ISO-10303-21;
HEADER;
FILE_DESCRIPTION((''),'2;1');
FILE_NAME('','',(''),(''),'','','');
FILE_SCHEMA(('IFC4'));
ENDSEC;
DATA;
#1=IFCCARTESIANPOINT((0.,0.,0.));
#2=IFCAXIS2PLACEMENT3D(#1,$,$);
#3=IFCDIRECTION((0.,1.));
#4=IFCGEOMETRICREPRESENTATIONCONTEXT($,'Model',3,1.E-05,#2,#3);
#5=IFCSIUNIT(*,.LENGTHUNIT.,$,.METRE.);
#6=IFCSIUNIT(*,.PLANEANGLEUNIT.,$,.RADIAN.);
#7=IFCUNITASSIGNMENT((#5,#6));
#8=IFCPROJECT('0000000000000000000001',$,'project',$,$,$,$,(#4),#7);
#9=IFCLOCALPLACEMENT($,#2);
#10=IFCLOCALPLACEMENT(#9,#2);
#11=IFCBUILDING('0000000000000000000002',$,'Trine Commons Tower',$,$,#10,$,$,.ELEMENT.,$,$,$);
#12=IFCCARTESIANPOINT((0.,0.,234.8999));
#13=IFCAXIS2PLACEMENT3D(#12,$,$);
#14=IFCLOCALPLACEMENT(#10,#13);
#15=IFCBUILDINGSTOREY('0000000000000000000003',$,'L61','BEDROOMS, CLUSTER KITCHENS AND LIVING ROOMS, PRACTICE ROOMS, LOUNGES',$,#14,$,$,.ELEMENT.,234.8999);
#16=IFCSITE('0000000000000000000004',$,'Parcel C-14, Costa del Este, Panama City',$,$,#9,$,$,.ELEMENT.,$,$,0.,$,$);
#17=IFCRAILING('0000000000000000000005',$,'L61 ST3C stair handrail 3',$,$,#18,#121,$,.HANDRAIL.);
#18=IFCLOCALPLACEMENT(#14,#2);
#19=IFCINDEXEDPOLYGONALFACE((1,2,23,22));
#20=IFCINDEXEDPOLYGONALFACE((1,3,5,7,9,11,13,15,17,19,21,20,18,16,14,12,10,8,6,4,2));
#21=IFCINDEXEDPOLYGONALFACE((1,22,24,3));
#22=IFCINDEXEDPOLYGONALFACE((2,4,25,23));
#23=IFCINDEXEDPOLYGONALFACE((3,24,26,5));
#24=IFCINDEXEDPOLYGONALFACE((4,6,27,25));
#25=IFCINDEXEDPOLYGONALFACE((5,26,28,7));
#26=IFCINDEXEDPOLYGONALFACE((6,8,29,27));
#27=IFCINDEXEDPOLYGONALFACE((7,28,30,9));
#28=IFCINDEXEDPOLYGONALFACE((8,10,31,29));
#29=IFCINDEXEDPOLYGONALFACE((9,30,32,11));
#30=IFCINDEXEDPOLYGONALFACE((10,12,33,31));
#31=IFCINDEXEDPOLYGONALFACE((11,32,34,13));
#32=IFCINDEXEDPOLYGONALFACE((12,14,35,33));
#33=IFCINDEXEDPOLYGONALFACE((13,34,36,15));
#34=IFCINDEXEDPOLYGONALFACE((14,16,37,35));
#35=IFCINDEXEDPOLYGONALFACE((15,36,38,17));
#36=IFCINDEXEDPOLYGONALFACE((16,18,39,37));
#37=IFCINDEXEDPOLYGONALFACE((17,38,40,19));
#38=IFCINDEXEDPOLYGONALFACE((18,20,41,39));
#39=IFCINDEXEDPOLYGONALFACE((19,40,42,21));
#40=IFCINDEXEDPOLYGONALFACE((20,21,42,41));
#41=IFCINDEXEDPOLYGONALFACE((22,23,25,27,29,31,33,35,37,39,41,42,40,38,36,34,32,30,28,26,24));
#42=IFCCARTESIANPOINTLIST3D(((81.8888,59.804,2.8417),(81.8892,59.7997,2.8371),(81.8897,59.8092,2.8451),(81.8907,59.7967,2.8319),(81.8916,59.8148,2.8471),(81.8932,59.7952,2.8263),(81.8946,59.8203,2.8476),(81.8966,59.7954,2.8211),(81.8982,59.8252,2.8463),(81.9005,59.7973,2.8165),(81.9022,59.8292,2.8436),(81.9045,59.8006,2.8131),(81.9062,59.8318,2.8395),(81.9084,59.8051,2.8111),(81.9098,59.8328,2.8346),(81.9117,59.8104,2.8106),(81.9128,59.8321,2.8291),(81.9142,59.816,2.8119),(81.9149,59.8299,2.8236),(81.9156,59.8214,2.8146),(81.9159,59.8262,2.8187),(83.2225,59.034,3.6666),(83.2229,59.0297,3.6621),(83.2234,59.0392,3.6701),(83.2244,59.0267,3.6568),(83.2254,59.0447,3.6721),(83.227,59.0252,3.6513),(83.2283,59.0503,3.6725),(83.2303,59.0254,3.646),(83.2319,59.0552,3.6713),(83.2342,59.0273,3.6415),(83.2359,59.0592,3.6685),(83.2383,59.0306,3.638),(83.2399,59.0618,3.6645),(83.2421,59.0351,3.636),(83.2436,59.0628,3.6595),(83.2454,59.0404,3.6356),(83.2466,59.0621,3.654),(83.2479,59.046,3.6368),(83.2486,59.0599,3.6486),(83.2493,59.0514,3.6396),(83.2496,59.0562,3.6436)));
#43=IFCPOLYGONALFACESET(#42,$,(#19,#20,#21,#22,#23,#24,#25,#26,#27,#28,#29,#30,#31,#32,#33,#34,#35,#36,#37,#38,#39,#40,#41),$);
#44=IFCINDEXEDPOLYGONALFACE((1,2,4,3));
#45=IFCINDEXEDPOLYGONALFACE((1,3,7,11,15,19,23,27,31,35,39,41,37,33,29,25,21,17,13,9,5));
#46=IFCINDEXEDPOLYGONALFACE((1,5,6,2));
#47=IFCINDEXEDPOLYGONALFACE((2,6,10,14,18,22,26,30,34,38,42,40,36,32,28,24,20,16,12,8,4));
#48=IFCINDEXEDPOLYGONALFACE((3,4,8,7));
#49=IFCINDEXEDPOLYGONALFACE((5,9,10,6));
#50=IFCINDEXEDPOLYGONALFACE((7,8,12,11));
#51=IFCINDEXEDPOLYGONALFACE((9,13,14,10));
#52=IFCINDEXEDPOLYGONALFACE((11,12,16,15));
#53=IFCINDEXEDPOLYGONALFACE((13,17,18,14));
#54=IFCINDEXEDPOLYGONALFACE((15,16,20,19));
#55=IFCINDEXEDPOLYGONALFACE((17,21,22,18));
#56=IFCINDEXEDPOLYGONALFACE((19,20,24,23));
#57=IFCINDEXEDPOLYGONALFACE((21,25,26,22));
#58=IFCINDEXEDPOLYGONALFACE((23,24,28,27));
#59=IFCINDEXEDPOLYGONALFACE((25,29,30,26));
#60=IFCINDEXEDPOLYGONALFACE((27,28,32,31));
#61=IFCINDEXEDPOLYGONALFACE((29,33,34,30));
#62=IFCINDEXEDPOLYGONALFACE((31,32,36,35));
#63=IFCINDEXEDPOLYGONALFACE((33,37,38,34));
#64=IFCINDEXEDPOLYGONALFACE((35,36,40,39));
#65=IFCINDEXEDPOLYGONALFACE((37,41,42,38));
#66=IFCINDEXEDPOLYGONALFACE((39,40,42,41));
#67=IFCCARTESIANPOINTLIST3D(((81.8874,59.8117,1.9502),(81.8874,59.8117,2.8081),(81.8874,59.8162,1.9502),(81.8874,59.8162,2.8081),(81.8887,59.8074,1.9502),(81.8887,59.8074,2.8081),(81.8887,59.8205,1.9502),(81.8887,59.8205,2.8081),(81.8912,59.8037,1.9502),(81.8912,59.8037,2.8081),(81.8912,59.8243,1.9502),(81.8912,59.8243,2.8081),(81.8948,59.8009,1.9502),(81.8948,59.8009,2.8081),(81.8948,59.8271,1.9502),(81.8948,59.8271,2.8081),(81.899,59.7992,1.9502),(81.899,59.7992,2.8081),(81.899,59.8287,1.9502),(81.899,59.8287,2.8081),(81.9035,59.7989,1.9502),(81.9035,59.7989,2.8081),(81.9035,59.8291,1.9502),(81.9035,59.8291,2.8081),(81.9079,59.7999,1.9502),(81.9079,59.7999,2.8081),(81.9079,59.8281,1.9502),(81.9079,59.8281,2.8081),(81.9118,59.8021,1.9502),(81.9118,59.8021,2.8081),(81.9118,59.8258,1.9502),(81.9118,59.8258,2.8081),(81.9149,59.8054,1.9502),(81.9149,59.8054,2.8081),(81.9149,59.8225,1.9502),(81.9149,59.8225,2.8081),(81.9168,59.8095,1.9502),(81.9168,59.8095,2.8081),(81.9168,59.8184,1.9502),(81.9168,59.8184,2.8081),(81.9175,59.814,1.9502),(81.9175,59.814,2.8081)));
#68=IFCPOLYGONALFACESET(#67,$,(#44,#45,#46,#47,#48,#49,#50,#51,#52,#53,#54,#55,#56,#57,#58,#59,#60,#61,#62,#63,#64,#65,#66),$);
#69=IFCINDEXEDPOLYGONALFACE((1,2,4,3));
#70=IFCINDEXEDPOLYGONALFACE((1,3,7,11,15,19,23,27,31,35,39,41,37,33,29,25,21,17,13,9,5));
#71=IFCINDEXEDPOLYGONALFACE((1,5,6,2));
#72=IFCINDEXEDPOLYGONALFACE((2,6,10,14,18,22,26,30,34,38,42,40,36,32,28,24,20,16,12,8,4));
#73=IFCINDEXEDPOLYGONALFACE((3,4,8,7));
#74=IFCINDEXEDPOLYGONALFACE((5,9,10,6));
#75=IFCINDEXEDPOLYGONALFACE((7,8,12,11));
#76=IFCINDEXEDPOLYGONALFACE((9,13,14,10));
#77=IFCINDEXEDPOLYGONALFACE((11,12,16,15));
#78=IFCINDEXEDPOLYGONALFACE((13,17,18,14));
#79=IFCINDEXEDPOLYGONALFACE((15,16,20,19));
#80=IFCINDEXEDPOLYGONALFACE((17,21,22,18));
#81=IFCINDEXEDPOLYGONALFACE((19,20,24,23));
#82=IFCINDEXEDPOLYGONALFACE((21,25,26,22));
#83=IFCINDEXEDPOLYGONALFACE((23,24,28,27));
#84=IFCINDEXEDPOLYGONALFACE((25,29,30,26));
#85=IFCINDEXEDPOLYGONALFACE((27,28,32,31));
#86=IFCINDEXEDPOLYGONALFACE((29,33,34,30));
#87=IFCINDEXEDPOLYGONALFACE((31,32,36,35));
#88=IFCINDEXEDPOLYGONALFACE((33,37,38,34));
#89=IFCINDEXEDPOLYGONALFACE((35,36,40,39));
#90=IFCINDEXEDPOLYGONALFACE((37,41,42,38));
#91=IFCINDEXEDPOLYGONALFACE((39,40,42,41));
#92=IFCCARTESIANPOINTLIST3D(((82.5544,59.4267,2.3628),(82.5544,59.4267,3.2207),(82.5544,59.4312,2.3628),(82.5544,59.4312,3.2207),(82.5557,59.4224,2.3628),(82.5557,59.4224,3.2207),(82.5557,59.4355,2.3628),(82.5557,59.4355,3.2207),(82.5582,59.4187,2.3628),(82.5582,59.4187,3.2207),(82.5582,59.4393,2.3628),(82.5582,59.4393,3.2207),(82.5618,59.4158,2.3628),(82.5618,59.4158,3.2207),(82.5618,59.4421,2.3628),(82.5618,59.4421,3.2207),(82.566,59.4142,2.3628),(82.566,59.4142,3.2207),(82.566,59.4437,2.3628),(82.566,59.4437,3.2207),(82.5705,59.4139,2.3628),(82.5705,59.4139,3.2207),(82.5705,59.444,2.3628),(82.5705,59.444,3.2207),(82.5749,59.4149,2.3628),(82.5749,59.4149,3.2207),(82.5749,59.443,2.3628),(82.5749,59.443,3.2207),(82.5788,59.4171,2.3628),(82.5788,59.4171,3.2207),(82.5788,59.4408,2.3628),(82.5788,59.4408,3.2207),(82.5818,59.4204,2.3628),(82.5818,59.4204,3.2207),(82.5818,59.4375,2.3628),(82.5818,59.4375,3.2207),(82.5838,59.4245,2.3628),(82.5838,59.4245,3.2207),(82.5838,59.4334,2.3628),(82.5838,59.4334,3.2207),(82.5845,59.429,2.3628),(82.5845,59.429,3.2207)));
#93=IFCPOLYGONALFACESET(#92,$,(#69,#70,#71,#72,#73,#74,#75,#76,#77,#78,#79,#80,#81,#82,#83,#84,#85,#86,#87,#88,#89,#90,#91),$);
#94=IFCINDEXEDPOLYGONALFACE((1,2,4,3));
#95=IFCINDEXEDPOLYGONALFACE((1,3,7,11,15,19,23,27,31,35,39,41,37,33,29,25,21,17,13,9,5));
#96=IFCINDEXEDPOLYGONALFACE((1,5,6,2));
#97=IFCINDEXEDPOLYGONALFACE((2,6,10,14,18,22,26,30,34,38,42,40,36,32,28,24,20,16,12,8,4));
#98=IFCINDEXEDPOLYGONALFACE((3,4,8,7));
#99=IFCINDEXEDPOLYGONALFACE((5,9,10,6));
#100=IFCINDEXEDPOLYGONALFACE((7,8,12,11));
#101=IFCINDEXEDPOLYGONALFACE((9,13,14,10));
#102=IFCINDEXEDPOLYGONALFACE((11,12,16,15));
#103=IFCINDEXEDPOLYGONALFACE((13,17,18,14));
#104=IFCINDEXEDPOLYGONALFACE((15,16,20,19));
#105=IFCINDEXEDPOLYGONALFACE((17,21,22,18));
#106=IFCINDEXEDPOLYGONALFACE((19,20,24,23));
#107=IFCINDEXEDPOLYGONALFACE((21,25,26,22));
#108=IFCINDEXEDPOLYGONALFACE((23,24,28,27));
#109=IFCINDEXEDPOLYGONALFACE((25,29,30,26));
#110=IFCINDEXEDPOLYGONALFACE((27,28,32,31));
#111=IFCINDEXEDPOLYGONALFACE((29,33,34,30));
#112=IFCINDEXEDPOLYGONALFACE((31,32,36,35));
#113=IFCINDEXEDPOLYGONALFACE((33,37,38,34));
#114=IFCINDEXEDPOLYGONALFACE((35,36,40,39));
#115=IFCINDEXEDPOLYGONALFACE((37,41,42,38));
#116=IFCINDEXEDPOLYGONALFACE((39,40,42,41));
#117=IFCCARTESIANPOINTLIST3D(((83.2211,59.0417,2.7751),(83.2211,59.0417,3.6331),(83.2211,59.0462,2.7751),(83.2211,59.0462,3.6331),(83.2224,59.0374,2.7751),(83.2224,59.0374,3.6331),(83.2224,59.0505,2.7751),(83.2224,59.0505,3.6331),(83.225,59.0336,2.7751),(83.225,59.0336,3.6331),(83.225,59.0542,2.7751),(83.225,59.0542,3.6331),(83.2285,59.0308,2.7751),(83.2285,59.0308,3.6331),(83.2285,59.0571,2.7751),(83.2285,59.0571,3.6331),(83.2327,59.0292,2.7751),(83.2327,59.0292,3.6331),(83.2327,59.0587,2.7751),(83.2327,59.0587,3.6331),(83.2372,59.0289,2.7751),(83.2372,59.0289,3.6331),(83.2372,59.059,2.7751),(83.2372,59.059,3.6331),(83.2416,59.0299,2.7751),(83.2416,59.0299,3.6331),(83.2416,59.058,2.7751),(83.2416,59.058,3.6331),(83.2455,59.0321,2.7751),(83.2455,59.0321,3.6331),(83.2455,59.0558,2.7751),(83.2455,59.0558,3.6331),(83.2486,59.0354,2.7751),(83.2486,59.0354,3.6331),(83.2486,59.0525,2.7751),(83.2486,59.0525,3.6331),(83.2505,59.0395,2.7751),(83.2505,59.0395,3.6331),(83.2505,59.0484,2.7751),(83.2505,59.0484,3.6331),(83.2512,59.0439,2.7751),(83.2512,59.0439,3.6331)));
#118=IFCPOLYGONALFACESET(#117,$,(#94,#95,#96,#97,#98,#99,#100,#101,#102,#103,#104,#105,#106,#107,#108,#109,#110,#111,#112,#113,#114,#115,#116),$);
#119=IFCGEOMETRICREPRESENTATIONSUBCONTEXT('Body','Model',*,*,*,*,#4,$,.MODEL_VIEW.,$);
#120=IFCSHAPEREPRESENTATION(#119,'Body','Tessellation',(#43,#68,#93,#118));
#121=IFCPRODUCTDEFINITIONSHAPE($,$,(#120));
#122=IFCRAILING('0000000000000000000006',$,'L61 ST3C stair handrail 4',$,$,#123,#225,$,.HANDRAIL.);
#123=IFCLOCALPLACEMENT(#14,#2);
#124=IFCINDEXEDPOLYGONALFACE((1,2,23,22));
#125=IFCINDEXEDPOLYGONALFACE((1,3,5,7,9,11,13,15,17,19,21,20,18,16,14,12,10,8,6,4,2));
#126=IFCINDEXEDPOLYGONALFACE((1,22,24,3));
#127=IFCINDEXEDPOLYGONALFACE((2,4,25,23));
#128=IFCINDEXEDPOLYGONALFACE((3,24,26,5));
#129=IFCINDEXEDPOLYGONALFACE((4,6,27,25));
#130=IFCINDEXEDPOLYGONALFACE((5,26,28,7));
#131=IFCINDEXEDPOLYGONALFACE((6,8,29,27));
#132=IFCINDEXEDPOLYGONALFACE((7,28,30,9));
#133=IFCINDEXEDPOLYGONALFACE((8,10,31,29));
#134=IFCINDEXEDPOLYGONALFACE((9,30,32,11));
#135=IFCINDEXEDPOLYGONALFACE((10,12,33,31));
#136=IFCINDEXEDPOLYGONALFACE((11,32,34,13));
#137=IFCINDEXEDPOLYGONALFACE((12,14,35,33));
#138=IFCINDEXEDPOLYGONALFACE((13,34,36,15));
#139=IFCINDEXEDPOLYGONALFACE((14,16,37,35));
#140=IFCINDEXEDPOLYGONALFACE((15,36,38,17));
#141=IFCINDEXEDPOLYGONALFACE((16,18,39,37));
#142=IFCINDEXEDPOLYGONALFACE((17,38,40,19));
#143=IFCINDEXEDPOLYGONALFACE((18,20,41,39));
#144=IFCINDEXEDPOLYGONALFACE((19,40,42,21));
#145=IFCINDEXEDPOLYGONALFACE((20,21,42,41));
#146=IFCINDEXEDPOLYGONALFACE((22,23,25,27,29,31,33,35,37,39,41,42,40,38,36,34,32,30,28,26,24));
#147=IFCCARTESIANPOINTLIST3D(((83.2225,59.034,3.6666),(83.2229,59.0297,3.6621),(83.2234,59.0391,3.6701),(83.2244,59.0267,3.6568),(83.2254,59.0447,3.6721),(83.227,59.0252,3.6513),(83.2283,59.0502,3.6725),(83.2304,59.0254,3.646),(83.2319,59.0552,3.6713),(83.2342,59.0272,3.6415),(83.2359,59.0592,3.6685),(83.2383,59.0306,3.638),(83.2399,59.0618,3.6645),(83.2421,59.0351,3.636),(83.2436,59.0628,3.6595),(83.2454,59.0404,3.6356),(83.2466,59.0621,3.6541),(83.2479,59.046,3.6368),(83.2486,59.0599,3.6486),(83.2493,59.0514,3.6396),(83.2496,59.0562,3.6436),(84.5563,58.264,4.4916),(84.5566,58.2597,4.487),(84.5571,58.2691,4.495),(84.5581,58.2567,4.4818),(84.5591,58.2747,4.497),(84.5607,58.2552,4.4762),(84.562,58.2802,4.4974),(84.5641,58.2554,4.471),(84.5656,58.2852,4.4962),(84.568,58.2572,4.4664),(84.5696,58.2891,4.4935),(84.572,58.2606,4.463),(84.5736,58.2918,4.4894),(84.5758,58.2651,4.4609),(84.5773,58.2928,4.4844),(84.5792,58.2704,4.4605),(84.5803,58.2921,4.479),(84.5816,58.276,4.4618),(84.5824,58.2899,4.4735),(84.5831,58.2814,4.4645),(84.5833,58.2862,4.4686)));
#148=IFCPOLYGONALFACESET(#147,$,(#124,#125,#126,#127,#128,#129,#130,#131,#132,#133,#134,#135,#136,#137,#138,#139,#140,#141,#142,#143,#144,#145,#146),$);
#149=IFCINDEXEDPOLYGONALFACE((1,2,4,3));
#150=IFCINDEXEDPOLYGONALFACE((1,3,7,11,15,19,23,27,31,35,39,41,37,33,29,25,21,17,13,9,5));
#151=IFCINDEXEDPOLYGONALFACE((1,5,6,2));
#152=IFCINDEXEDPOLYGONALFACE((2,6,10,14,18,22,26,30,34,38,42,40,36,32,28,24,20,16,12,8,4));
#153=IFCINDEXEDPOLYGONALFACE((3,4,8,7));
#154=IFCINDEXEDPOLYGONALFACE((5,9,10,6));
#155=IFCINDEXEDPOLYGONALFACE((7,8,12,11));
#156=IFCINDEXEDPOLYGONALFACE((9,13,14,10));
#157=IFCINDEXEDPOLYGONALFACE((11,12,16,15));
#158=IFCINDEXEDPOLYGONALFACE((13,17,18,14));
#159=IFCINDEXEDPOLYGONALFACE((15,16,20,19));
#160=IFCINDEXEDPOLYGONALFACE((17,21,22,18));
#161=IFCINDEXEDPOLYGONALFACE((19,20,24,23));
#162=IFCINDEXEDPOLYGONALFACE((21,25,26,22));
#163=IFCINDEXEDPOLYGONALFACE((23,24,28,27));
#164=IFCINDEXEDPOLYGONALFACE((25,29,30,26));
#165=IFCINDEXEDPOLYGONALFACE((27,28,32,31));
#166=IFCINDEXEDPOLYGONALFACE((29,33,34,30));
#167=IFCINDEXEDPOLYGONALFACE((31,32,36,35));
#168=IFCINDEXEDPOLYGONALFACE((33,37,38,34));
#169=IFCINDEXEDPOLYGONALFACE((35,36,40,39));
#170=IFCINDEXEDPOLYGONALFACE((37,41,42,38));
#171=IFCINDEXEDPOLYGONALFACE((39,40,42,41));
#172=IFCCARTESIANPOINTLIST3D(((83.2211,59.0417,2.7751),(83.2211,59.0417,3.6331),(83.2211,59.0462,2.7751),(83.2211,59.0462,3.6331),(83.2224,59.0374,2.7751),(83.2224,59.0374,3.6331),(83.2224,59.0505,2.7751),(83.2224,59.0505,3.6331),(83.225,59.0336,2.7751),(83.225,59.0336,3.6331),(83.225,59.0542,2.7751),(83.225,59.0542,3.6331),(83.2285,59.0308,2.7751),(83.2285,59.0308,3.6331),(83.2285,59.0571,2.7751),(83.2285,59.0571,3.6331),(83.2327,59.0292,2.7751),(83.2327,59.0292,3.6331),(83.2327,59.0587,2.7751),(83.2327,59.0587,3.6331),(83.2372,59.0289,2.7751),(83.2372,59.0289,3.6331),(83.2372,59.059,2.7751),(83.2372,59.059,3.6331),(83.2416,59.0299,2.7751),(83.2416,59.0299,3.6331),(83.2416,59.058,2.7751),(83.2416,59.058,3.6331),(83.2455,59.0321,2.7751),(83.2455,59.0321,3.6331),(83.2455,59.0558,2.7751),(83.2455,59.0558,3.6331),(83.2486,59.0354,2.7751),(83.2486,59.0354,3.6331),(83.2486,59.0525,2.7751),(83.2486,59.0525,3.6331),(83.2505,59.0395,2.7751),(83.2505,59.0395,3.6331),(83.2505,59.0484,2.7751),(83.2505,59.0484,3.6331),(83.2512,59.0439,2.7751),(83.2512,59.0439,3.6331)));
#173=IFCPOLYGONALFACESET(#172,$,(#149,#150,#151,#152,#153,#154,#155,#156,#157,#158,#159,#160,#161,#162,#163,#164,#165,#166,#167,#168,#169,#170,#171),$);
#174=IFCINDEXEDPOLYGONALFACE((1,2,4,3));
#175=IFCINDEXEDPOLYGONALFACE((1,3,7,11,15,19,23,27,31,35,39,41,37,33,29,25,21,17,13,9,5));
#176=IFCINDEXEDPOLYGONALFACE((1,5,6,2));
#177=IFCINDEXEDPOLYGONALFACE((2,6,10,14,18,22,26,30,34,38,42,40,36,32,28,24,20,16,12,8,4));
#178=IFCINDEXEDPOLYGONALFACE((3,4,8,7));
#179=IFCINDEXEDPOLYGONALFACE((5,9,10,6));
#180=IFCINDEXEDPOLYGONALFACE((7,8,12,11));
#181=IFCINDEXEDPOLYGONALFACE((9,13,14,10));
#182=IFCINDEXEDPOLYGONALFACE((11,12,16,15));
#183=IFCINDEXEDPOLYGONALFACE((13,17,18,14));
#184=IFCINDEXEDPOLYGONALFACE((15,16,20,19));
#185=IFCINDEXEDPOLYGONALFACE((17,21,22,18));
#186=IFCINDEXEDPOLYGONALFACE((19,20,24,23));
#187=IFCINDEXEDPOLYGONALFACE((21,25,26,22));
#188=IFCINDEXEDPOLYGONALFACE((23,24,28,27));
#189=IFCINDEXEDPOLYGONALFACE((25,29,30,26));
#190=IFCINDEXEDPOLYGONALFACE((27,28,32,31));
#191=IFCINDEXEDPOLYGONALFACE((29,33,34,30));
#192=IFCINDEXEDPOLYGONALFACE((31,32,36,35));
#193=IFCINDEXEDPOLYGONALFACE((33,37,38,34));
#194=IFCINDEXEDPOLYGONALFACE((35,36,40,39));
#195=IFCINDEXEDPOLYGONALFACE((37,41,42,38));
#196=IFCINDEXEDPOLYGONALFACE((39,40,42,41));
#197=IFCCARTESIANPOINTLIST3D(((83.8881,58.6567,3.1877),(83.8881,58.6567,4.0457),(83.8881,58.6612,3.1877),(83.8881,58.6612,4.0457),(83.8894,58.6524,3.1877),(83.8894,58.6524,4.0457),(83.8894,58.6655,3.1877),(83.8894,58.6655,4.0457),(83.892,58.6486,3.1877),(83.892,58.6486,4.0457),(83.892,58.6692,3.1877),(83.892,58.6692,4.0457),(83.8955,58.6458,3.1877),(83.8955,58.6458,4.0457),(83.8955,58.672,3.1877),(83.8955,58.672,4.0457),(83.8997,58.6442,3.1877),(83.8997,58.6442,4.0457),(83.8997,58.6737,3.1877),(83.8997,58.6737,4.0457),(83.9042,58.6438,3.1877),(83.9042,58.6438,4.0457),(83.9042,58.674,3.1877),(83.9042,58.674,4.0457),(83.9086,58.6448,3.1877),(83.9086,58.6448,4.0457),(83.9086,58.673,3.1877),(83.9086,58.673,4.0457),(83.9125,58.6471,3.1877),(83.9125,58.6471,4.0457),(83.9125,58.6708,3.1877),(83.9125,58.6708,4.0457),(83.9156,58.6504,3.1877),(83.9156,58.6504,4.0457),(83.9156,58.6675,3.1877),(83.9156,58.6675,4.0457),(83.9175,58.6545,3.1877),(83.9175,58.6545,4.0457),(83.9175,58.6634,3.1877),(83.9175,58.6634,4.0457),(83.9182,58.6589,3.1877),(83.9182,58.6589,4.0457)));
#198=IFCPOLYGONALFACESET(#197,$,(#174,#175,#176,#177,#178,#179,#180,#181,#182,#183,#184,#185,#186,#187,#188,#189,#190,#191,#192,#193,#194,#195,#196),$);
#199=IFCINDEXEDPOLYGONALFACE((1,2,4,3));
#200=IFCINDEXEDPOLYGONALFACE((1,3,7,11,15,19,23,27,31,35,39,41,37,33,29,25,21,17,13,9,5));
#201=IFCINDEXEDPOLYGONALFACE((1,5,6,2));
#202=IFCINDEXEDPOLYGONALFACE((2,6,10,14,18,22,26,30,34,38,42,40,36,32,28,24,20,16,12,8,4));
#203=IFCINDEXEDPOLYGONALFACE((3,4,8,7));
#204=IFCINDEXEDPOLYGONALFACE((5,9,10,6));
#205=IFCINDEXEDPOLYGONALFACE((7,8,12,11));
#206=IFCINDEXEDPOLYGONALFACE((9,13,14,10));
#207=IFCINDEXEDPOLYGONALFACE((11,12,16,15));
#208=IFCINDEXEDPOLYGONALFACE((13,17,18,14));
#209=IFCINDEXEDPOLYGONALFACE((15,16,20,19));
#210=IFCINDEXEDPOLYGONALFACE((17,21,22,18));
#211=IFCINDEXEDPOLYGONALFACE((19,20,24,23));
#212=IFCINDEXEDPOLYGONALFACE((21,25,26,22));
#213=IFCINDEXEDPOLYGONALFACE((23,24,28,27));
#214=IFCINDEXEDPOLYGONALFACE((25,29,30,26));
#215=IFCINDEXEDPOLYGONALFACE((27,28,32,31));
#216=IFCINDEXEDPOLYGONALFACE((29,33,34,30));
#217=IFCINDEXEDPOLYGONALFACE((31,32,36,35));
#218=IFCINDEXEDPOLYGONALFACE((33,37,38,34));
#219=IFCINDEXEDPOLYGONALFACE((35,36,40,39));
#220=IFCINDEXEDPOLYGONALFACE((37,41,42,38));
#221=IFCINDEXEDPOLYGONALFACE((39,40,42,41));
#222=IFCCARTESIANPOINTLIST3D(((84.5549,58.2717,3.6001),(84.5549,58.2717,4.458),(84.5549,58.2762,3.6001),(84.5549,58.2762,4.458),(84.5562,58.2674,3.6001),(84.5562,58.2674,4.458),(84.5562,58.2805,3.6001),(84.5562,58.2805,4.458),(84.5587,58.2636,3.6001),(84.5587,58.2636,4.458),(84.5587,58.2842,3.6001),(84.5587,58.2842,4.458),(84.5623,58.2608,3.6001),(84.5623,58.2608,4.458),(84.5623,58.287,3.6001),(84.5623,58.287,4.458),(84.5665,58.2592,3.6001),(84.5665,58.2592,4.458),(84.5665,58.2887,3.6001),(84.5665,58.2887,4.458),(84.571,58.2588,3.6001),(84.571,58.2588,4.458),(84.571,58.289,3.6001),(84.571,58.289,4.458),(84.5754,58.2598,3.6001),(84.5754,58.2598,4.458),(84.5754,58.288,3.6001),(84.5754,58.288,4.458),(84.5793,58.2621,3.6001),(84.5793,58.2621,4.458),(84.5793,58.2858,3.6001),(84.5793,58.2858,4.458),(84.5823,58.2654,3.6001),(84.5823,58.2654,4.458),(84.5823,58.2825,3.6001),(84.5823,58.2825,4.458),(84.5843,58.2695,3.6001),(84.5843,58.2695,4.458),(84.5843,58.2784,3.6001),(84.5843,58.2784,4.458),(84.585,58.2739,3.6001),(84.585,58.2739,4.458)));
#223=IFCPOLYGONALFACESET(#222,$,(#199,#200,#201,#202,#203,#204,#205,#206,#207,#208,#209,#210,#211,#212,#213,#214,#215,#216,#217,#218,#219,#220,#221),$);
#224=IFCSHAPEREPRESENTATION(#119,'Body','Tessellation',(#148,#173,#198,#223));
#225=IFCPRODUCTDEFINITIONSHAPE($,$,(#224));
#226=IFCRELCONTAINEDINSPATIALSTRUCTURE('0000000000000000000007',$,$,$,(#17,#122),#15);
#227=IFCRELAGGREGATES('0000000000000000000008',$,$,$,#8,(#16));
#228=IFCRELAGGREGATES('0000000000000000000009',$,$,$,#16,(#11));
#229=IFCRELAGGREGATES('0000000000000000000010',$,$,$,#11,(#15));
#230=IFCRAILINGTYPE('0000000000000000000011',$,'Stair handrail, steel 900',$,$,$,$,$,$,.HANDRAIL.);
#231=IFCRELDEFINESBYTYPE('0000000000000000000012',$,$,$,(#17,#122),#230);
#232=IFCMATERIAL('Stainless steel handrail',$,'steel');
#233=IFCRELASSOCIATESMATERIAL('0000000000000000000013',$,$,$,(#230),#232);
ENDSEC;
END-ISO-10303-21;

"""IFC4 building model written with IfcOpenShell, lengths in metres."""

from ifc_helpers import new_model, si_unit, direction, frame, origin, origin_2d, place, context, subcontext, project, spatial, circle, extrude, material, type_object, element, save


model = new_model("IFC4")

# Units and contexts
model_context = context("Model", 3, precision=1e-05, world=origin(), true_north=direction((0.0, 1.0)))
body_context = subcontext(model_context, "Body", "Model", "MODEL_VIEW")
ifc_project = project(units=[si_unit("LENGTHUNIT", "METRE"), si_unit("PLANEANGLEUNIT", "RADIAN")], contexts=[model_context])

# Site, building, storey
site_placement = place(None, origin())
site = spatial("IfcSite", under=ifc_project, at=site_placement, Name="Parcel C-14, Costa del Este, Panama City", CompositionType="ELEMENT", RefElevation=0.0)
building_placement = place(site_placement, origin())
building = spatial("IfcBuilding", under=site, at=building_placement, Name="Trine Commons Tower", CompositionType="ELEMENT")
storey_placement = place(building_placement, frame((0.0, 0.0, 234.8999)))
storey = spatial("IfcBuildingStorey", under=building, at=storey_placement, Name="L61", Description="BEDROOMS, CLUSTER KITCHENS AND LIVING ROOMS, PRACTICE ROOMS, LOUNGES", CompositionType="ELEMENT", Elevation=234.8999)

# Railings
ifc_material_1 = material(Name="Stainless steel handrail", Category="steel")
railing_type_1 = type_object("IfcRailingType", Name="Stair handrail, steel 900", PredefinedType="HANDRAIL", material=ifc_material_1)
for number, where, name in (
    (1, (81.9023, 59.814, 1.9502), "L61 ST3C stair handrail 3"),
    (2, (83.2361, 59.0439, 2.7751), "L61 ST3C stair handrail 4"),
):
    element("IfcRailing", number, at=place(storey_placement, frame(where)), inside=storey, type_object=railing_type_1, Name=name, PredefinedType="HANDRAIL", context=body_context, shape_type="SweptSolid", body=[
        extrude(circle(Radius=0.021, at=origin_2d()), frame((0.0, 0.0, 0.8789), z_axis=(0.763405, -0.440743, 0.472185), x_axis=(0.499992, 0.86603, 0.0)), (0.0, 0.0, 1.0), 1.7471),
        extrude(circle(Radius=0.0151, at=origin_2d()), origin(), (0.0, 0.0, 1.0), 0.8579),
        extrude(circle(Radius=0.0151, at=origin_2d()), frame((0.667, -0.385, 0.4126)), (0.0, 0.0, 1.0), 0.8579),
        extrude(circle(Radius=0.0151, at=origin_2d()), frame((1.3337, -0.77, 0.825)), (0.0, 0.0, 1.0), 0.8579),
    ])

save(model, "model.ifc")
